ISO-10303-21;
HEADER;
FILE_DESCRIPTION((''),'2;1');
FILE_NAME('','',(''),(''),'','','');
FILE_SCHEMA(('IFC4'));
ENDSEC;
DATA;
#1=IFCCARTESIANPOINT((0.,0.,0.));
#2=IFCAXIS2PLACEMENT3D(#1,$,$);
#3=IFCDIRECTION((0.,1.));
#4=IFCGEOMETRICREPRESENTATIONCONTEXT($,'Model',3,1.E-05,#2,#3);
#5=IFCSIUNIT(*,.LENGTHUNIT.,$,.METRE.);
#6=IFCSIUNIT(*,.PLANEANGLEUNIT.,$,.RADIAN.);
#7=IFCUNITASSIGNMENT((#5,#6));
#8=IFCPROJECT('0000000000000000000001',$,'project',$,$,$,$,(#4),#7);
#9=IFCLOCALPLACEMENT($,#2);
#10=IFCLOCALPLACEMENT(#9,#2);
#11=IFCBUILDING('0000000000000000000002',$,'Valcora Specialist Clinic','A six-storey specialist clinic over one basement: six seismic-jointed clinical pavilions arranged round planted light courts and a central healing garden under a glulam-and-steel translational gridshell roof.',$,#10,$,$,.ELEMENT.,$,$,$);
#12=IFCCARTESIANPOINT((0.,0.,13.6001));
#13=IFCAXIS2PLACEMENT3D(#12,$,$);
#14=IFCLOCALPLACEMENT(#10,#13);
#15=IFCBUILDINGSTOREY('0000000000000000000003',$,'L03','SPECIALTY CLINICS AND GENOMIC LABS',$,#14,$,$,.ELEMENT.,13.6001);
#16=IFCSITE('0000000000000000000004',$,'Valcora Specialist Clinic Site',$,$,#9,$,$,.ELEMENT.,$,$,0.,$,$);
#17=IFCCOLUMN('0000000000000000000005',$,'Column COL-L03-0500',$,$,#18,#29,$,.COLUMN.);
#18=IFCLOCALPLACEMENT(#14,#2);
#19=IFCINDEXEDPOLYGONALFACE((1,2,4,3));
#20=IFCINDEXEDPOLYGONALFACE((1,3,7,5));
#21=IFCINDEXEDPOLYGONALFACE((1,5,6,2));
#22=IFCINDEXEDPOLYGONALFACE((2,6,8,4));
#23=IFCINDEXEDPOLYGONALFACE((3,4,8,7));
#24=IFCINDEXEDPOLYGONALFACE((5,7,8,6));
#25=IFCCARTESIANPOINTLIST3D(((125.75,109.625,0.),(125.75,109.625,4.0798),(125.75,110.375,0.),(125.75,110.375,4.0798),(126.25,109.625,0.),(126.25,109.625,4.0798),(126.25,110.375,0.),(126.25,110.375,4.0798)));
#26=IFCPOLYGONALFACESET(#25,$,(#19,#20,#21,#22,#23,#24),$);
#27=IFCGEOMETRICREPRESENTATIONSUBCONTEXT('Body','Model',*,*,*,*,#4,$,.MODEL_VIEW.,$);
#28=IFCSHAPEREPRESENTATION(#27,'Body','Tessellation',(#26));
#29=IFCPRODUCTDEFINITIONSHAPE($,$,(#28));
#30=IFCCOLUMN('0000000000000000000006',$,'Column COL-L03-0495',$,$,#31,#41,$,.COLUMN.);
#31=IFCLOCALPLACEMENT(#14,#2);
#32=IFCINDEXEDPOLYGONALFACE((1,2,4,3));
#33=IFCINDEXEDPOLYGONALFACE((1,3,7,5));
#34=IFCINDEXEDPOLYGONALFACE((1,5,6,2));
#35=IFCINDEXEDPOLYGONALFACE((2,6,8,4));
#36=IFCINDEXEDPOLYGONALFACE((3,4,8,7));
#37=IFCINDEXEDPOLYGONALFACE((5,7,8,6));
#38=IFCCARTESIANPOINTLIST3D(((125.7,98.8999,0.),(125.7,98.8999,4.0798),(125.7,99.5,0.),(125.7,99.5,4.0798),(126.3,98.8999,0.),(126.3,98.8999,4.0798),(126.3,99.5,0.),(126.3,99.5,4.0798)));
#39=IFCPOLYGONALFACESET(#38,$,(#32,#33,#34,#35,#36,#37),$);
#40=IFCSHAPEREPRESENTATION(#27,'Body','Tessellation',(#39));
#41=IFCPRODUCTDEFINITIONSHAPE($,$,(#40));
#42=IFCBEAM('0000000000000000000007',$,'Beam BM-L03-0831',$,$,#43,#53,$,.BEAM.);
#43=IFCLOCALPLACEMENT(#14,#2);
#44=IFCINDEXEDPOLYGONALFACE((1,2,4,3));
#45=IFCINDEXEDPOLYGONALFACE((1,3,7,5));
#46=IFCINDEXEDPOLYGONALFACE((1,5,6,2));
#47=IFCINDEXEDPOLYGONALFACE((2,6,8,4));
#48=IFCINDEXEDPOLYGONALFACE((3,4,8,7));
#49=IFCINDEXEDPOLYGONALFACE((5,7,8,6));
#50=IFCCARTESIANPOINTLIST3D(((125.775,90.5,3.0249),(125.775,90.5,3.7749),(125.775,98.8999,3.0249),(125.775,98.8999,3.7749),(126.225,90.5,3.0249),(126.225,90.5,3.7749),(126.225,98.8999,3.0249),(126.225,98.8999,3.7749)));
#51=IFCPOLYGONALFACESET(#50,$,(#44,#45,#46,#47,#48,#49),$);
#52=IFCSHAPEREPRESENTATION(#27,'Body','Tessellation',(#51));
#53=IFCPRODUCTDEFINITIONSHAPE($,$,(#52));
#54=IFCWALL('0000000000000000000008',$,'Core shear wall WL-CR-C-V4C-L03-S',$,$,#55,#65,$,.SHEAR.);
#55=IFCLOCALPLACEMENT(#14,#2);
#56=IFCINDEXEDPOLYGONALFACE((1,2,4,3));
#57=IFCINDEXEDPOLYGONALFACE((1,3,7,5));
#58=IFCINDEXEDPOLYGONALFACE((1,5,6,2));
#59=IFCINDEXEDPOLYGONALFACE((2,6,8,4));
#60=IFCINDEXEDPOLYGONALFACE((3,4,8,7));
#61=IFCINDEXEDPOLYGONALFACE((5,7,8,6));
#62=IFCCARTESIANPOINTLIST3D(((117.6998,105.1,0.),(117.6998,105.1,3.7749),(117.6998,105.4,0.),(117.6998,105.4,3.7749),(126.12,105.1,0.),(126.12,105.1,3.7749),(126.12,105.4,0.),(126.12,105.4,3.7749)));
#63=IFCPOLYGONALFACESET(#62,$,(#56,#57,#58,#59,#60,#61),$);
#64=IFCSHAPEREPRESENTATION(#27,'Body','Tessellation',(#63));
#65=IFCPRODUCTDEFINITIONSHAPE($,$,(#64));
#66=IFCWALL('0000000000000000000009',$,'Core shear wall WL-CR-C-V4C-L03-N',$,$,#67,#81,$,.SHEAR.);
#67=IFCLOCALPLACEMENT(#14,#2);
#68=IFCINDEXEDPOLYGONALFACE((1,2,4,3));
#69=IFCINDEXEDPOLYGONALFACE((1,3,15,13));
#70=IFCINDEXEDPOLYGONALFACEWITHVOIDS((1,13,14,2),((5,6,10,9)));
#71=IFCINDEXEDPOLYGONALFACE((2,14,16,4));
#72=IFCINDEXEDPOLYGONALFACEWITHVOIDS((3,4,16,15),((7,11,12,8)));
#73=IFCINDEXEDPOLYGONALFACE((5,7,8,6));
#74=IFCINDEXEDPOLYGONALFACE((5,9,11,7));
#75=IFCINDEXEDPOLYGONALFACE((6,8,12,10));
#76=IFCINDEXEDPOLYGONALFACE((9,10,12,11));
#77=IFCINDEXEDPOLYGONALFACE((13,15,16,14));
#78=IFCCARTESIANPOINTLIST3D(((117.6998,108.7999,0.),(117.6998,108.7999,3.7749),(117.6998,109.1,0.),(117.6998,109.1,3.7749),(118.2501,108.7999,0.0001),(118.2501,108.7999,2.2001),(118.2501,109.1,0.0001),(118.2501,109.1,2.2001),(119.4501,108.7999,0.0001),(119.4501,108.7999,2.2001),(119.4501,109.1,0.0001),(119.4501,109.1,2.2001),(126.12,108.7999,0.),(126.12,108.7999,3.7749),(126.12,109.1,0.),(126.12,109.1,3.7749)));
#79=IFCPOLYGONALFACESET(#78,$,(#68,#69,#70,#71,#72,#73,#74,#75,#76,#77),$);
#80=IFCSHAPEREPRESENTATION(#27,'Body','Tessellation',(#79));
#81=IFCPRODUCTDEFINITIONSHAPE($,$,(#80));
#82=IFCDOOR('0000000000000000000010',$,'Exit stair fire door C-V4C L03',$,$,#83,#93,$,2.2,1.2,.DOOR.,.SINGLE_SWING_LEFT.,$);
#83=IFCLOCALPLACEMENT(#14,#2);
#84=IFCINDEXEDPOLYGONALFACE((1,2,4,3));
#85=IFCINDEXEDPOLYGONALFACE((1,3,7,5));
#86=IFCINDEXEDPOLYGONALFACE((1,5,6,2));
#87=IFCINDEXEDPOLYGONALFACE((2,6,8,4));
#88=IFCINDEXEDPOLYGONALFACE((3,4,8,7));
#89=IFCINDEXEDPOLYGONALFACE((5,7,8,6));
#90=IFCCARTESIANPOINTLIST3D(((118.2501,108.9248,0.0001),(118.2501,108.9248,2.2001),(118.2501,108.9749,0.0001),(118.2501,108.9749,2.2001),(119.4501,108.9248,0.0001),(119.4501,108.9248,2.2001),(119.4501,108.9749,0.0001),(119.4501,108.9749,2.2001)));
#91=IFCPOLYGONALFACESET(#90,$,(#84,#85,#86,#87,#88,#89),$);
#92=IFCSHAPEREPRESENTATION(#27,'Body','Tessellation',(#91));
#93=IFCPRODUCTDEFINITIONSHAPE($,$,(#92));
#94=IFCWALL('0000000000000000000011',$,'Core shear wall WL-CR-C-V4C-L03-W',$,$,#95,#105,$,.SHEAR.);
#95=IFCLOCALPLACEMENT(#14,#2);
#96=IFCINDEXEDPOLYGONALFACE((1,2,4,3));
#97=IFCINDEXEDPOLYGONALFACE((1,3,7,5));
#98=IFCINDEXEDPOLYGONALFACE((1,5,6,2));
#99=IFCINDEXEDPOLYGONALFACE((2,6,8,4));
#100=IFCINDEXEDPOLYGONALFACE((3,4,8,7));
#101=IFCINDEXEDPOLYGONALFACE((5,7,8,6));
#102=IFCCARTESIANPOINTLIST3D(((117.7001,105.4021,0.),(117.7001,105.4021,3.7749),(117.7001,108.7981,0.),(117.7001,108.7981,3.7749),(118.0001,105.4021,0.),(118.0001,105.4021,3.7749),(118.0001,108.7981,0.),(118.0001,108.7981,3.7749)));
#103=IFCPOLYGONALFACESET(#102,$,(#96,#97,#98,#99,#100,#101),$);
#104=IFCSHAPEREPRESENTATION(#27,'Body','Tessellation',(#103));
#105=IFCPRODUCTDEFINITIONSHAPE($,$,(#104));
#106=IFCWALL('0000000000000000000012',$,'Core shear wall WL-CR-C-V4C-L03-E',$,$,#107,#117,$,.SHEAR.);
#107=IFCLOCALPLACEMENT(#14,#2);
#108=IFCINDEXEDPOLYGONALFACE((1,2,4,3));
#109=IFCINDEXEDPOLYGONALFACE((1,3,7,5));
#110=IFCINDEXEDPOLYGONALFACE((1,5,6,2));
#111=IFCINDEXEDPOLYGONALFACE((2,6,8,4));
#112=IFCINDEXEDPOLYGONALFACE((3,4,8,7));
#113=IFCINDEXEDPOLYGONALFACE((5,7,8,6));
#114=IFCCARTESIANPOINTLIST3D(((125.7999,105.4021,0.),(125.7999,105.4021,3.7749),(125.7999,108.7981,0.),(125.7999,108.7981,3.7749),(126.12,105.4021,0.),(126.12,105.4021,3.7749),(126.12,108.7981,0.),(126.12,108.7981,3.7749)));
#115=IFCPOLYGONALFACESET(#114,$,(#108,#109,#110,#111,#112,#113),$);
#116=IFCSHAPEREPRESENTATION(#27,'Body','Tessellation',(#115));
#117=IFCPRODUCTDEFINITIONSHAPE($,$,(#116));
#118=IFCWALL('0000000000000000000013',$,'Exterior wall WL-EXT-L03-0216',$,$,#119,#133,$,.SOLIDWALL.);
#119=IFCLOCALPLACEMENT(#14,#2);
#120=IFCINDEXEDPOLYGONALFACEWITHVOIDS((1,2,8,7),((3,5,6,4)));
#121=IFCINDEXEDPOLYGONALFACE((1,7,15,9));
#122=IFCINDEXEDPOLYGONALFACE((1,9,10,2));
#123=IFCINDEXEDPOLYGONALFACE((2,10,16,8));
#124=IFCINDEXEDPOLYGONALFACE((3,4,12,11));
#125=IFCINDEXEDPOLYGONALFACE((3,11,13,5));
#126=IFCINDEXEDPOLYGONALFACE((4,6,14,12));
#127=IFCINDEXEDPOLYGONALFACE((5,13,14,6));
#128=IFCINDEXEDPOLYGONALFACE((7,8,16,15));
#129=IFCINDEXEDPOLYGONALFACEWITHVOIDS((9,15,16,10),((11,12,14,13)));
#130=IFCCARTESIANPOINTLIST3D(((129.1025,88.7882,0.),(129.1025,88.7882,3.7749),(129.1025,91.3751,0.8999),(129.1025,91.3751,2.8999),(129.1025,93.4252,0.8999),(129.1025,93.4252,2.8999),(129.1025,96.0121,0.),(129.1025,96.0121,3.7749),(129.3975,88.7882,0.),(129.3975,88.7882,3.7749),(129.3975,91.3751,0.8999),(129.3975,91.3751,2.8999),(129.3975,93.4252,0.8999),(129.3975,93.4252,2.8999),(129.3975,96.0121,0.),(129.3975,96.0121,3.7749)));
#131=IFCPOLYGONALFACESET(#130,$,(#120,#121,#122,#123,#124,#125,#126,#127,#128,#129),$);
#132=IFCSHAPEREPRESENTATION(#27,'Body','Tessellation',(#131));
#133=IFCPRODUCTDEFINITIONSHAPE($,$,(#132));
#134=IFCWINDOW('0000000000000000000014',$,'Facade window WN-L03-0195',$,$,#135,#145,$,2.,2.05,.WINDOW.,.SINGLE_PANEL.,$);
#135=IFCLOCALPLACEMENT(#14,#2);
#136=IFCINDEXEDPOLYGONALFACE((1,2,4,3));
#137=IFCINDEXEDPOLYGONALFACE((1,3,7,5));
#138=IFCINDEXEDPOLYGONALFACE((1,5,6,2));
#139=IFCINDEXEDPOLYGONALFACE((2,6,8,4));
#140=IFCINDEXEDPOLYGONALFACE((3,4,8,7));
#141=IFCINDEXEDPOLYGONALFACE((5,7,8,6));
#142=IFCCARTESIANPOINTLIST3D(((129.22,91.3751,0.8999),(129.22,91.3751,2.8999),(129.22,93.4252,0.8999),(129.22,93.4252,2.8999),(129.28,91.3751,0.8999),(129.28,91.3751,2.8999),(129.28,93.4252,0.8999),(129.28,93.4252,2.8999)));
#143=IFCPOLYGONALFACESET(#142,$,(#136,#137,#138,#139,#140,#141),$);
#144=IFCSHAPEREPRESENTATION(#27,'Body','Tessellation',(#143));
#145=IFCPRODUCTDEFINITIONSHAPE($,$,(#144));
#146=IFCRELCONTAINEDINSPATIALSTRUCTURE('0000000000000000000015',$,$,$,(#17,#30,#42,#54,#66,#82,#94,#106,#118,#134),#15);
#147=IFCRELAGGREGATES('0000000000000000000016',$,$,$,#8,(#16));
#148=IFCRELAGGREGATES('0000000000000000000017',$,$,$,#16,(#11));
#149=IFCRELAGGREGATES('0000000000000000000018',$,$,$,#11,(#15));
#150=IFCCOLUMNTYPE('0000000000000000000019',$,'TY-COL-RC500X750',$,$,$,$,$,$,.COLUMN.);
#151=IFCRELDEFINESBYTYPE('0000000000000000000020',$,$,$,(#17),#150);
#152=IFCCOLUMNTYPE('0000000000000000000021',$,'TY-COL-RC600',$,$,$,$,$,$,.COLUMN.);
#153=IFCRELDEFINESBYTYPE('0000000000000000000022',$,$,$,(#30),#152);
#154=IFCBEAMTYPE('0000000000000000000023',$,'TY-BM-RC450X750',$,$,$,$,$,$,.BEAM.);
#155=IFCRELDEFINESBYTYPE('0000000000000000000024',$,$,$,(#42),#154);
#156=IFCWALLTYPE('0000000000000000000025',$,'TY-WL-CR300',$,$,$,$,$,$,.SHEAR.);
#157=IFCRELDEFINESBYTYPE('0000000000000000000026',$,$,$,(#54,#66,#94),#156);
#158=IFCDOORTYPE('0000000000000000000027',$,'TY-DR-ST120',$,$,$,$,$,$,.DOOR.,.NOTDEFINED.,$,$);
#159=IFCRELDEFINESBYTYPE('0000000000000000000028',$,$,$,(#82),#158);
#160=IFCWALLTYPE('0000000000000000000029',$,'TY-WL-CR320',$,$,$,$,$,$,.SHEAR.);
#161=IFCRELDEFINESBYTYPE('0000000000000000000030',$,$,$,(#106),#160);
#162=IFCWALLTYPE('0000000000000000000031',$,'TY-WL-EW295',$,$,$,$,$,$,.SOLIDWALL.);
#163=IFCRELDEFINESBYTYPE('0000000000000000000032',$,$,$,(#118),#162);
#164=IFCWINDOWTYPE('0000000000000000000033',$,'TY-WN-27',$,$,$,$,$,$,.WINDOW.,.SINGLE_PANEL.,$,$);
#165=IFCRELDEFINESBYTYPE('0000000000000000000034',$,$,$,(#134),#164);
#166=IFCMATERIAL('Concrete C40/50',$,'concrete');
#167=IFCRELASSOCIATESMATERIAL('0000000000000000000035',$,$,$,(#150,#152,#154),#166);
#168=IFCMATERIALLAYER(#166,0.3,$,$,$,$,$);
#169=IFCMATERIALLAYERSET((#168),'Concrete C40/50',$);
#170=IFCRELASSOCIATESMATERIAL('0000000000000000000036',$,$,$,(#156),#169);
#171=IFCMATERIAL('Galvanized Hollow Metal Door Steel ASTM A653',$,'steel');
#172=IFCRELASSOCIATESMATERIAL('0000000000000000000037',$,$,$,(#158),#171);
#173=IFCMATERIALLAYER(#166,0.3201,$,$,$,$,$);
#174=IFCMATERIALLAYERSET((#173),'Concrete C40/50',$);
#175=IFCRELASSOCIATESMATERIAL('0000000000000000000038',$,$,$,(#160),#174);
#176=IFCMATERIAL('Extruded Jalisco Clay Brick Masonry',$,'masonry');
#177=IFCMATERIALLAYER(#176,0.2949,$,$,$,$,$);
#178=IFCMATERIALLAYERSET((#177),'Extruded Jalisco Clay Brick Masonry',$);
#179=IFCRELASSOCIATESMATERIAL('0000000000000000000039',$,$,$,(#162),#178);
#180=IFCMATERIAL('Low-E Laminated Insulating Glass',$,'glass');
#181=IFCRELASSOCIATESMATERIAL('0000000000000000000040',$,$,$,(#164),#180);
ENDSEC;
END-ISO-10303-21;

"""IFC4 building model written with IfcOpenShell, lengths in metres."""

from ifc_helpers import new_model, si_unit, direction, frame, frame_2d, origin, origin_2d, place, context, subcontext, project, spatial, rectangle, extrude, material, layer, layer_set, material_profile, profile_set, type_object, element, fill, save


model = new_model("IFC4")

# Units and contexts
model_context = context("Model", 3, precision=1e-05, world=origin(), true_north=direction((0.0, 1.0)))
body_context = subcontext(model_context, "Body", "Model", "MODEL_VIEW")
ifc_project = project(units=[si_unit("LENGTHUNIT", "METRE"), si_unit("PLANEANGLEUNIT", "RADIAN")], contexts=[model_context])

# Site, building, storey
site_placement = place(None, origin())
site = spatial("IfcSite", under=ifc_project, at=site_placement, Name="Valcora Specialist Clinic Site", CompositionType="ELEMENT", RefElevation=0.0)
building_placement = place(site_placement, origin())
building = spatial("IfcBuilding", under=site, at=building_placement, Name="Valcora Specialist Clinic", Description="A six-storey specialist clinic over one basement: six seismic-jointed clinical pavilions arranged round planted light courts and a central healing garden under a glulam-and-steel translational gridshell roof.", CompositionType="ELEMENT")
storey_placement = place(building_placement, frame((0.0, 0.0, 13.6001)))
storey = spatial("IfcBuildingStorey", under=building, at=storey_placement, Name="L03", Description="SPECIALTY CLINICS AND GENOMIC LABS", CompositionType="ELEMENT", Elevation=13.6001)

# Columns
ifc_material_1 = material(Name="Concrete C40/50", Category="concrete")
ifc_material_profile_1 = material_profile(ifc_material_1, rectangle(XDim=0.5, YDim=0.75, at=origin_2d()), Name="RC-COL-500X750")
ifc_profile_set_1 = profile_set([ifc_material_profile_1], Name="Concrete C40/50")
column_type_1 = type_object("IfcColumnType", Name="TY-COL-RC500X750", PredefinedType="COLUMN", material=ifc_profile_set_1)
column_1_placement = place(storey_placement, frame((126.0, 110.0, 0.0), z_axis=(0.0, 0.0, 1.0), x_axis=(1.0, 0.0, 0.0)))
element("IfcColumn", 1, at=column_1_placement, inside=storey, type_object=column_type_1, Name="Column COL-L03-0500", PredefinedType="COLUMN", context=body_context, shape_type="SweptSolid", body=[
    extrude(rectangle(XDim=0.5, YDim=0.75, at=origin_2d()), origin(), (0.0, 0.0, 1.0), 4.0798),
])
ifc_material_profile_2 = material_profile(ifc_material_1, rectangle(XDim=0.6001, YDim=0.6001, at=origin_2d()), Name="RC-COL-600X600")
ifc_profile_set_2 = profile_set([ifc_material_profile_2], Name="Concrete C40/50")
column_type_2 = type_object("IfcColumnType", Name="TY-COL-RC600", PredefinedType="COLUMN", material=ifc_profile_set_2)
column_2_placement = place(storey_placement, frame((126.0, 99.2, 0.0), z_axis=(0.0, 0.0, 1.0), x_axis=(1.0, 0.0, 0.0)))
element("IfcColumn", 2, at=column_2_placement, inside=storey, type_object=column_type_2, Name="Column COL-L03-0495", PredefinedType="COLUMN", context=body_context, shape_type="SweptSolid", body=[
    extrude(rectangle(XDim=0.6001, YDim=0.6001, at=origin_2d()), origin(), (0.0, 0.0, 1.0), 4.0798),
])

# Beam
ifc_material_profile_3 = material_profile(ifc_material_1, rectangle(XDim=0.45, YDim=0.75, at=origin_2d()), Name="RC-BM-450X750")
ifc_profile_set_3 = profile_set([ifc_material_profile_3], Name="Concrete C40/50")
beam_type = type_object("IfcBeamType", Name="TY-BM-RC450X750", PredefinedType="BEAM", material=ifc_profile_set_3)
beam_placement = place(storey_placement, frame((126.0, 90.5, 3.3999), z_axis=(0.0, 1.0, 0.0), x_axis=(-1.0, 0.0, 0.0)))
element("IfcBeam", 3, at=beam_placement, inside=storey, type_object=beam_type, Name="Beam BM-L03-0831", PredefinedType="BEAM", context=body_context, shape_type="SweptSolid", body=[
    extrude(rectangle(XDim=0.45, YDim=0.75, at=origin_2d()), origin(), (0.0, 0.0, 1.0), 8.3999),
])

# Wall
ifc_layer_1 = layer(ifc_material_1, 0.3)
ifc_layer_set_1 = layer_set([ifc_layer_1], Name="Concrete C40/50")
wall_type_1 = type_object("IfcWallType", Name="TY-WL-CR300", PredefinedType="SHEAR", material=ifc_layer_set_1)
wall_1_placement = place(storey_placement, frame((117.7, 105.25, 0.0), z_axis=(0.0, 0.0, 1.0), x_axis=(1.0, 0.0, 0.0)))
element("IfcWall", 4, at=wall_1_placement, inside=storey, type_object=wall_type_1, Name="Core shear wall WL-CR-C-V4C-L03-S", PredefinedType="SHEAR", context=body_context, shape_type="SweptSolid", body=[
    extrude(rectangle(XDim=8.4202, YDim=0.3, at=frame_2d((4.21, 0.0))), origin(), (0.0, 0.0, 1.0), 3.7749),
])

# Wall, opening, door
wall_2_placement = place(storey_placement, frame((117.7, 108.95, 0.0), z_axis=(0.0, 0.0, 1.0), x_axis=(1.0, 0.0, 0.0)))
wall_2 = element("IfcWall", 5, at=wall_2_placement, inside=storey, type_object=wall_type_1, Name="Core shear wall WL-CR-C-V4C-L03-N", PredefinedType="SHEAR", context=body_context, shape_type="SweptSolid", body=[
    extrude(rectangle(XDim=8.4202, YDim=0.3, at=frame_2d((4.21, 0.0))), origin(), (0.0, 0.0, 1.0), 3.7749),
])
opening_1_placement = place(wall_2_placement, frame((0.55, 0.0, 0.0)))
opening_1 = element("IfcOpeningElement", 6, at=opening_1_placement, cuts=wall_2, PredefinedType="OPENING", context=body_context, shape_type="SweptSolid", body=[
    extrude(rectangle(XDim=1.2, YDim=2.2, at=frame_2d((0.6001, 1.1001))), frame((0.0, 0.1599, 0.0), z_axis=(0.0, -1.0, 0.0), x_axis=(1.0, 0.0, 0.0)), (0.0, 0.0, 1.0), 0.3201),
])
ifc_material_2 = material(Name="Galvanized Hollow Metal Door Steel ASTM A653", Category="steel")
door_type_1 = type_object("IfcDoorType", Name="TY-DR-ST120", OperationType="NOTDEFINED", PredefinedType="DOOR", material=ifc_material_2)
door_1_placement = place(opening_1_placement, origin())
door_1 = element("IfcDoor", 7, at=door_1_placement, inside=storey, type_object=door_type_1, Name="Exit stair fire door C-V4C L03", OperationType="SINGLE_SWING_LEFT", OverallHeight=2.2, OverallWidth=1.2, PredefinedType="DOOR", context=body_context, shape_type="SweptSolid", body=[
    extrude(rectangle(XDim=1.2, YDim=2.2, at=frame_2d((0.6001, 1.1001))), frame((0.0, 0.0249, 0.0), z_axis=(0.0, -1.0, 0.0), x_axis=(1.0, 0.0, 0.0)), (0.0, 0.0, 1.0), 0.05),
])
fill(opening_1, door_1)

# Walls
wall_3_placement = place(storey_placement, frame((117.8501, 105.4021, 0.0), z_axis=(0.0, 0.0, 1.0), x_axis=(0.0, 1.0, 0.0)))
element("IfcWall", 8, at=wall_3_placement, inside=storey, type_object=wall_type_1, Name="Core shear wall WL-CR-C-V4C-L03-W", PredefinedType="SHEAR", context=body_context, shape_type="SweptSolid", body=[
    extrude(rectangle(XDim=3.396, YDim=0.3, at=frame_2d((1.698, 0.0))), origin(), (0.0, 0.0, 1.0), 3.7749),
])
ifc_layer_2 = layer(ifc_material_1, 0.3201)
ifc_layer_set_2 = layer_set([ifc_layer_2], Name="Concrete C40/50")
wall_type_2 = type_object("IfcWallType", Name="TY-WL-CR320", PredefinedType="SHEAR", material=ifc_layer_set_2)
wall_4_placement = place(storey_placement, frame((125.96, 105.4021, 0.0), z_axis=(0.0, 0.0, 1.0), x_axis=(0.0, 1.0, 0.0)))
element("IfcWall", 9, at=wall_4_placement, inside=storey, type_object=wall_type_2, Name="Core shear wall WL-CR-C-V4C-L03-E", PredefinedType="SHEAR", context=body_context, shape_type="SweptSolid", body=[
    extrude(rectangle(XDim=3.396, YDim=0.3201, at=frame_2d((1.698, 0.0))), origin(), (0.0, 0.0, 1.0), 3.7749),
])

# Wall, opening, window
ifc_material_3 = material(Name="Extruded Jalisco Clay Brick Masonry", Category="masonry")
ifc_layer_3 = layer(ifc_material_3, 0.2949)
ifc_layer_set_3 = layer_set([ifc_layer_3], Name="Extruded Jalisco Clay Brick Masonry")
wall_type_3 = type_object("IfcWallType", Name="TY-WL-EW295", PredefinedType="SOLIDWALL", material=ifc_layer_set_3)
wall_5_placement = place(storey_placement, frame((129.25, 96.012, 0.0), z_axis=(0.0, 0.0, 1.0), x_axis=(0.0, -1.0, 0.0)))
wall_5 = element("IfcWall", 10, at=wall_5_placement, inside=storey, type_object=wall_type_3, Name="Exterior wall WL-EXT-L03-0216", PredefinedType="SOLIDWALL", context=body_context, shape_type="SweptSolid", body=[
    extrude(rectangle(XDim=7.2239, YDim=0.2949, at=frame_2d((3.6118, 0.0))), origin(), (0.0, 0.0, 1.0), 3.7749),
])
opening_2_placement = place(wall_5_placement, frame((2.5869, 0.0, 0.8999)))
opening_2 = element("IfcOpeningElement", 11, at=opening_2_placement, cuts=wall_5, PredefinedType="OPENING", context=body_context, shape_type="SweptSolid", body=[
    extrude(rectangle(XDim=2.05, YDim=2.0, at=frame_2d((1.0249, 1.0))), frame((0.0, 0.1575, 0.0), z_axis=(0.0, -1.0, 0.0), x_axis=(1.0, 0.0, 0.0)), (0.0, 0.0, 1.0), 0.3149),
])
ifc_material_4 = material(Name="Low-E Laminated Insulating Glass", Category="glass")
window_type_1 = type_object("IfcWindowType", Name="TY-WN-27", PartitioningType="SINGLE_PANEL", PredefinedType="WINDOW", material=ifc_material_4)
window_1_placement = place(opening_2_placement, origin())
window_1 = element("IfcWindow", 12, at=window_1_placement, inside=storey, type_object=window_type_1, Name="Facade window WN-L03-0195", OverallHeight=2.0, OverallWidth=2.05, PartitioningType="SINGLE_PANEL", PredefinedType="WINDOW", context=body_context, shape_type="SweptSolid", body=[
    extrude(rectangle(XDim=2.05, YDim=2.0, at=frame_2d((1.0249, 1.0))), frame((0.0, 0.03, 0.0), z_axis=(0.0, -1.0, 0.0), x_axis=(1.0, 0.0, 0.0)), (0.0, 0.0, 1.0), 0.0601),
])
fill(opening_2, window_1)

save(model, "model.ifc")
